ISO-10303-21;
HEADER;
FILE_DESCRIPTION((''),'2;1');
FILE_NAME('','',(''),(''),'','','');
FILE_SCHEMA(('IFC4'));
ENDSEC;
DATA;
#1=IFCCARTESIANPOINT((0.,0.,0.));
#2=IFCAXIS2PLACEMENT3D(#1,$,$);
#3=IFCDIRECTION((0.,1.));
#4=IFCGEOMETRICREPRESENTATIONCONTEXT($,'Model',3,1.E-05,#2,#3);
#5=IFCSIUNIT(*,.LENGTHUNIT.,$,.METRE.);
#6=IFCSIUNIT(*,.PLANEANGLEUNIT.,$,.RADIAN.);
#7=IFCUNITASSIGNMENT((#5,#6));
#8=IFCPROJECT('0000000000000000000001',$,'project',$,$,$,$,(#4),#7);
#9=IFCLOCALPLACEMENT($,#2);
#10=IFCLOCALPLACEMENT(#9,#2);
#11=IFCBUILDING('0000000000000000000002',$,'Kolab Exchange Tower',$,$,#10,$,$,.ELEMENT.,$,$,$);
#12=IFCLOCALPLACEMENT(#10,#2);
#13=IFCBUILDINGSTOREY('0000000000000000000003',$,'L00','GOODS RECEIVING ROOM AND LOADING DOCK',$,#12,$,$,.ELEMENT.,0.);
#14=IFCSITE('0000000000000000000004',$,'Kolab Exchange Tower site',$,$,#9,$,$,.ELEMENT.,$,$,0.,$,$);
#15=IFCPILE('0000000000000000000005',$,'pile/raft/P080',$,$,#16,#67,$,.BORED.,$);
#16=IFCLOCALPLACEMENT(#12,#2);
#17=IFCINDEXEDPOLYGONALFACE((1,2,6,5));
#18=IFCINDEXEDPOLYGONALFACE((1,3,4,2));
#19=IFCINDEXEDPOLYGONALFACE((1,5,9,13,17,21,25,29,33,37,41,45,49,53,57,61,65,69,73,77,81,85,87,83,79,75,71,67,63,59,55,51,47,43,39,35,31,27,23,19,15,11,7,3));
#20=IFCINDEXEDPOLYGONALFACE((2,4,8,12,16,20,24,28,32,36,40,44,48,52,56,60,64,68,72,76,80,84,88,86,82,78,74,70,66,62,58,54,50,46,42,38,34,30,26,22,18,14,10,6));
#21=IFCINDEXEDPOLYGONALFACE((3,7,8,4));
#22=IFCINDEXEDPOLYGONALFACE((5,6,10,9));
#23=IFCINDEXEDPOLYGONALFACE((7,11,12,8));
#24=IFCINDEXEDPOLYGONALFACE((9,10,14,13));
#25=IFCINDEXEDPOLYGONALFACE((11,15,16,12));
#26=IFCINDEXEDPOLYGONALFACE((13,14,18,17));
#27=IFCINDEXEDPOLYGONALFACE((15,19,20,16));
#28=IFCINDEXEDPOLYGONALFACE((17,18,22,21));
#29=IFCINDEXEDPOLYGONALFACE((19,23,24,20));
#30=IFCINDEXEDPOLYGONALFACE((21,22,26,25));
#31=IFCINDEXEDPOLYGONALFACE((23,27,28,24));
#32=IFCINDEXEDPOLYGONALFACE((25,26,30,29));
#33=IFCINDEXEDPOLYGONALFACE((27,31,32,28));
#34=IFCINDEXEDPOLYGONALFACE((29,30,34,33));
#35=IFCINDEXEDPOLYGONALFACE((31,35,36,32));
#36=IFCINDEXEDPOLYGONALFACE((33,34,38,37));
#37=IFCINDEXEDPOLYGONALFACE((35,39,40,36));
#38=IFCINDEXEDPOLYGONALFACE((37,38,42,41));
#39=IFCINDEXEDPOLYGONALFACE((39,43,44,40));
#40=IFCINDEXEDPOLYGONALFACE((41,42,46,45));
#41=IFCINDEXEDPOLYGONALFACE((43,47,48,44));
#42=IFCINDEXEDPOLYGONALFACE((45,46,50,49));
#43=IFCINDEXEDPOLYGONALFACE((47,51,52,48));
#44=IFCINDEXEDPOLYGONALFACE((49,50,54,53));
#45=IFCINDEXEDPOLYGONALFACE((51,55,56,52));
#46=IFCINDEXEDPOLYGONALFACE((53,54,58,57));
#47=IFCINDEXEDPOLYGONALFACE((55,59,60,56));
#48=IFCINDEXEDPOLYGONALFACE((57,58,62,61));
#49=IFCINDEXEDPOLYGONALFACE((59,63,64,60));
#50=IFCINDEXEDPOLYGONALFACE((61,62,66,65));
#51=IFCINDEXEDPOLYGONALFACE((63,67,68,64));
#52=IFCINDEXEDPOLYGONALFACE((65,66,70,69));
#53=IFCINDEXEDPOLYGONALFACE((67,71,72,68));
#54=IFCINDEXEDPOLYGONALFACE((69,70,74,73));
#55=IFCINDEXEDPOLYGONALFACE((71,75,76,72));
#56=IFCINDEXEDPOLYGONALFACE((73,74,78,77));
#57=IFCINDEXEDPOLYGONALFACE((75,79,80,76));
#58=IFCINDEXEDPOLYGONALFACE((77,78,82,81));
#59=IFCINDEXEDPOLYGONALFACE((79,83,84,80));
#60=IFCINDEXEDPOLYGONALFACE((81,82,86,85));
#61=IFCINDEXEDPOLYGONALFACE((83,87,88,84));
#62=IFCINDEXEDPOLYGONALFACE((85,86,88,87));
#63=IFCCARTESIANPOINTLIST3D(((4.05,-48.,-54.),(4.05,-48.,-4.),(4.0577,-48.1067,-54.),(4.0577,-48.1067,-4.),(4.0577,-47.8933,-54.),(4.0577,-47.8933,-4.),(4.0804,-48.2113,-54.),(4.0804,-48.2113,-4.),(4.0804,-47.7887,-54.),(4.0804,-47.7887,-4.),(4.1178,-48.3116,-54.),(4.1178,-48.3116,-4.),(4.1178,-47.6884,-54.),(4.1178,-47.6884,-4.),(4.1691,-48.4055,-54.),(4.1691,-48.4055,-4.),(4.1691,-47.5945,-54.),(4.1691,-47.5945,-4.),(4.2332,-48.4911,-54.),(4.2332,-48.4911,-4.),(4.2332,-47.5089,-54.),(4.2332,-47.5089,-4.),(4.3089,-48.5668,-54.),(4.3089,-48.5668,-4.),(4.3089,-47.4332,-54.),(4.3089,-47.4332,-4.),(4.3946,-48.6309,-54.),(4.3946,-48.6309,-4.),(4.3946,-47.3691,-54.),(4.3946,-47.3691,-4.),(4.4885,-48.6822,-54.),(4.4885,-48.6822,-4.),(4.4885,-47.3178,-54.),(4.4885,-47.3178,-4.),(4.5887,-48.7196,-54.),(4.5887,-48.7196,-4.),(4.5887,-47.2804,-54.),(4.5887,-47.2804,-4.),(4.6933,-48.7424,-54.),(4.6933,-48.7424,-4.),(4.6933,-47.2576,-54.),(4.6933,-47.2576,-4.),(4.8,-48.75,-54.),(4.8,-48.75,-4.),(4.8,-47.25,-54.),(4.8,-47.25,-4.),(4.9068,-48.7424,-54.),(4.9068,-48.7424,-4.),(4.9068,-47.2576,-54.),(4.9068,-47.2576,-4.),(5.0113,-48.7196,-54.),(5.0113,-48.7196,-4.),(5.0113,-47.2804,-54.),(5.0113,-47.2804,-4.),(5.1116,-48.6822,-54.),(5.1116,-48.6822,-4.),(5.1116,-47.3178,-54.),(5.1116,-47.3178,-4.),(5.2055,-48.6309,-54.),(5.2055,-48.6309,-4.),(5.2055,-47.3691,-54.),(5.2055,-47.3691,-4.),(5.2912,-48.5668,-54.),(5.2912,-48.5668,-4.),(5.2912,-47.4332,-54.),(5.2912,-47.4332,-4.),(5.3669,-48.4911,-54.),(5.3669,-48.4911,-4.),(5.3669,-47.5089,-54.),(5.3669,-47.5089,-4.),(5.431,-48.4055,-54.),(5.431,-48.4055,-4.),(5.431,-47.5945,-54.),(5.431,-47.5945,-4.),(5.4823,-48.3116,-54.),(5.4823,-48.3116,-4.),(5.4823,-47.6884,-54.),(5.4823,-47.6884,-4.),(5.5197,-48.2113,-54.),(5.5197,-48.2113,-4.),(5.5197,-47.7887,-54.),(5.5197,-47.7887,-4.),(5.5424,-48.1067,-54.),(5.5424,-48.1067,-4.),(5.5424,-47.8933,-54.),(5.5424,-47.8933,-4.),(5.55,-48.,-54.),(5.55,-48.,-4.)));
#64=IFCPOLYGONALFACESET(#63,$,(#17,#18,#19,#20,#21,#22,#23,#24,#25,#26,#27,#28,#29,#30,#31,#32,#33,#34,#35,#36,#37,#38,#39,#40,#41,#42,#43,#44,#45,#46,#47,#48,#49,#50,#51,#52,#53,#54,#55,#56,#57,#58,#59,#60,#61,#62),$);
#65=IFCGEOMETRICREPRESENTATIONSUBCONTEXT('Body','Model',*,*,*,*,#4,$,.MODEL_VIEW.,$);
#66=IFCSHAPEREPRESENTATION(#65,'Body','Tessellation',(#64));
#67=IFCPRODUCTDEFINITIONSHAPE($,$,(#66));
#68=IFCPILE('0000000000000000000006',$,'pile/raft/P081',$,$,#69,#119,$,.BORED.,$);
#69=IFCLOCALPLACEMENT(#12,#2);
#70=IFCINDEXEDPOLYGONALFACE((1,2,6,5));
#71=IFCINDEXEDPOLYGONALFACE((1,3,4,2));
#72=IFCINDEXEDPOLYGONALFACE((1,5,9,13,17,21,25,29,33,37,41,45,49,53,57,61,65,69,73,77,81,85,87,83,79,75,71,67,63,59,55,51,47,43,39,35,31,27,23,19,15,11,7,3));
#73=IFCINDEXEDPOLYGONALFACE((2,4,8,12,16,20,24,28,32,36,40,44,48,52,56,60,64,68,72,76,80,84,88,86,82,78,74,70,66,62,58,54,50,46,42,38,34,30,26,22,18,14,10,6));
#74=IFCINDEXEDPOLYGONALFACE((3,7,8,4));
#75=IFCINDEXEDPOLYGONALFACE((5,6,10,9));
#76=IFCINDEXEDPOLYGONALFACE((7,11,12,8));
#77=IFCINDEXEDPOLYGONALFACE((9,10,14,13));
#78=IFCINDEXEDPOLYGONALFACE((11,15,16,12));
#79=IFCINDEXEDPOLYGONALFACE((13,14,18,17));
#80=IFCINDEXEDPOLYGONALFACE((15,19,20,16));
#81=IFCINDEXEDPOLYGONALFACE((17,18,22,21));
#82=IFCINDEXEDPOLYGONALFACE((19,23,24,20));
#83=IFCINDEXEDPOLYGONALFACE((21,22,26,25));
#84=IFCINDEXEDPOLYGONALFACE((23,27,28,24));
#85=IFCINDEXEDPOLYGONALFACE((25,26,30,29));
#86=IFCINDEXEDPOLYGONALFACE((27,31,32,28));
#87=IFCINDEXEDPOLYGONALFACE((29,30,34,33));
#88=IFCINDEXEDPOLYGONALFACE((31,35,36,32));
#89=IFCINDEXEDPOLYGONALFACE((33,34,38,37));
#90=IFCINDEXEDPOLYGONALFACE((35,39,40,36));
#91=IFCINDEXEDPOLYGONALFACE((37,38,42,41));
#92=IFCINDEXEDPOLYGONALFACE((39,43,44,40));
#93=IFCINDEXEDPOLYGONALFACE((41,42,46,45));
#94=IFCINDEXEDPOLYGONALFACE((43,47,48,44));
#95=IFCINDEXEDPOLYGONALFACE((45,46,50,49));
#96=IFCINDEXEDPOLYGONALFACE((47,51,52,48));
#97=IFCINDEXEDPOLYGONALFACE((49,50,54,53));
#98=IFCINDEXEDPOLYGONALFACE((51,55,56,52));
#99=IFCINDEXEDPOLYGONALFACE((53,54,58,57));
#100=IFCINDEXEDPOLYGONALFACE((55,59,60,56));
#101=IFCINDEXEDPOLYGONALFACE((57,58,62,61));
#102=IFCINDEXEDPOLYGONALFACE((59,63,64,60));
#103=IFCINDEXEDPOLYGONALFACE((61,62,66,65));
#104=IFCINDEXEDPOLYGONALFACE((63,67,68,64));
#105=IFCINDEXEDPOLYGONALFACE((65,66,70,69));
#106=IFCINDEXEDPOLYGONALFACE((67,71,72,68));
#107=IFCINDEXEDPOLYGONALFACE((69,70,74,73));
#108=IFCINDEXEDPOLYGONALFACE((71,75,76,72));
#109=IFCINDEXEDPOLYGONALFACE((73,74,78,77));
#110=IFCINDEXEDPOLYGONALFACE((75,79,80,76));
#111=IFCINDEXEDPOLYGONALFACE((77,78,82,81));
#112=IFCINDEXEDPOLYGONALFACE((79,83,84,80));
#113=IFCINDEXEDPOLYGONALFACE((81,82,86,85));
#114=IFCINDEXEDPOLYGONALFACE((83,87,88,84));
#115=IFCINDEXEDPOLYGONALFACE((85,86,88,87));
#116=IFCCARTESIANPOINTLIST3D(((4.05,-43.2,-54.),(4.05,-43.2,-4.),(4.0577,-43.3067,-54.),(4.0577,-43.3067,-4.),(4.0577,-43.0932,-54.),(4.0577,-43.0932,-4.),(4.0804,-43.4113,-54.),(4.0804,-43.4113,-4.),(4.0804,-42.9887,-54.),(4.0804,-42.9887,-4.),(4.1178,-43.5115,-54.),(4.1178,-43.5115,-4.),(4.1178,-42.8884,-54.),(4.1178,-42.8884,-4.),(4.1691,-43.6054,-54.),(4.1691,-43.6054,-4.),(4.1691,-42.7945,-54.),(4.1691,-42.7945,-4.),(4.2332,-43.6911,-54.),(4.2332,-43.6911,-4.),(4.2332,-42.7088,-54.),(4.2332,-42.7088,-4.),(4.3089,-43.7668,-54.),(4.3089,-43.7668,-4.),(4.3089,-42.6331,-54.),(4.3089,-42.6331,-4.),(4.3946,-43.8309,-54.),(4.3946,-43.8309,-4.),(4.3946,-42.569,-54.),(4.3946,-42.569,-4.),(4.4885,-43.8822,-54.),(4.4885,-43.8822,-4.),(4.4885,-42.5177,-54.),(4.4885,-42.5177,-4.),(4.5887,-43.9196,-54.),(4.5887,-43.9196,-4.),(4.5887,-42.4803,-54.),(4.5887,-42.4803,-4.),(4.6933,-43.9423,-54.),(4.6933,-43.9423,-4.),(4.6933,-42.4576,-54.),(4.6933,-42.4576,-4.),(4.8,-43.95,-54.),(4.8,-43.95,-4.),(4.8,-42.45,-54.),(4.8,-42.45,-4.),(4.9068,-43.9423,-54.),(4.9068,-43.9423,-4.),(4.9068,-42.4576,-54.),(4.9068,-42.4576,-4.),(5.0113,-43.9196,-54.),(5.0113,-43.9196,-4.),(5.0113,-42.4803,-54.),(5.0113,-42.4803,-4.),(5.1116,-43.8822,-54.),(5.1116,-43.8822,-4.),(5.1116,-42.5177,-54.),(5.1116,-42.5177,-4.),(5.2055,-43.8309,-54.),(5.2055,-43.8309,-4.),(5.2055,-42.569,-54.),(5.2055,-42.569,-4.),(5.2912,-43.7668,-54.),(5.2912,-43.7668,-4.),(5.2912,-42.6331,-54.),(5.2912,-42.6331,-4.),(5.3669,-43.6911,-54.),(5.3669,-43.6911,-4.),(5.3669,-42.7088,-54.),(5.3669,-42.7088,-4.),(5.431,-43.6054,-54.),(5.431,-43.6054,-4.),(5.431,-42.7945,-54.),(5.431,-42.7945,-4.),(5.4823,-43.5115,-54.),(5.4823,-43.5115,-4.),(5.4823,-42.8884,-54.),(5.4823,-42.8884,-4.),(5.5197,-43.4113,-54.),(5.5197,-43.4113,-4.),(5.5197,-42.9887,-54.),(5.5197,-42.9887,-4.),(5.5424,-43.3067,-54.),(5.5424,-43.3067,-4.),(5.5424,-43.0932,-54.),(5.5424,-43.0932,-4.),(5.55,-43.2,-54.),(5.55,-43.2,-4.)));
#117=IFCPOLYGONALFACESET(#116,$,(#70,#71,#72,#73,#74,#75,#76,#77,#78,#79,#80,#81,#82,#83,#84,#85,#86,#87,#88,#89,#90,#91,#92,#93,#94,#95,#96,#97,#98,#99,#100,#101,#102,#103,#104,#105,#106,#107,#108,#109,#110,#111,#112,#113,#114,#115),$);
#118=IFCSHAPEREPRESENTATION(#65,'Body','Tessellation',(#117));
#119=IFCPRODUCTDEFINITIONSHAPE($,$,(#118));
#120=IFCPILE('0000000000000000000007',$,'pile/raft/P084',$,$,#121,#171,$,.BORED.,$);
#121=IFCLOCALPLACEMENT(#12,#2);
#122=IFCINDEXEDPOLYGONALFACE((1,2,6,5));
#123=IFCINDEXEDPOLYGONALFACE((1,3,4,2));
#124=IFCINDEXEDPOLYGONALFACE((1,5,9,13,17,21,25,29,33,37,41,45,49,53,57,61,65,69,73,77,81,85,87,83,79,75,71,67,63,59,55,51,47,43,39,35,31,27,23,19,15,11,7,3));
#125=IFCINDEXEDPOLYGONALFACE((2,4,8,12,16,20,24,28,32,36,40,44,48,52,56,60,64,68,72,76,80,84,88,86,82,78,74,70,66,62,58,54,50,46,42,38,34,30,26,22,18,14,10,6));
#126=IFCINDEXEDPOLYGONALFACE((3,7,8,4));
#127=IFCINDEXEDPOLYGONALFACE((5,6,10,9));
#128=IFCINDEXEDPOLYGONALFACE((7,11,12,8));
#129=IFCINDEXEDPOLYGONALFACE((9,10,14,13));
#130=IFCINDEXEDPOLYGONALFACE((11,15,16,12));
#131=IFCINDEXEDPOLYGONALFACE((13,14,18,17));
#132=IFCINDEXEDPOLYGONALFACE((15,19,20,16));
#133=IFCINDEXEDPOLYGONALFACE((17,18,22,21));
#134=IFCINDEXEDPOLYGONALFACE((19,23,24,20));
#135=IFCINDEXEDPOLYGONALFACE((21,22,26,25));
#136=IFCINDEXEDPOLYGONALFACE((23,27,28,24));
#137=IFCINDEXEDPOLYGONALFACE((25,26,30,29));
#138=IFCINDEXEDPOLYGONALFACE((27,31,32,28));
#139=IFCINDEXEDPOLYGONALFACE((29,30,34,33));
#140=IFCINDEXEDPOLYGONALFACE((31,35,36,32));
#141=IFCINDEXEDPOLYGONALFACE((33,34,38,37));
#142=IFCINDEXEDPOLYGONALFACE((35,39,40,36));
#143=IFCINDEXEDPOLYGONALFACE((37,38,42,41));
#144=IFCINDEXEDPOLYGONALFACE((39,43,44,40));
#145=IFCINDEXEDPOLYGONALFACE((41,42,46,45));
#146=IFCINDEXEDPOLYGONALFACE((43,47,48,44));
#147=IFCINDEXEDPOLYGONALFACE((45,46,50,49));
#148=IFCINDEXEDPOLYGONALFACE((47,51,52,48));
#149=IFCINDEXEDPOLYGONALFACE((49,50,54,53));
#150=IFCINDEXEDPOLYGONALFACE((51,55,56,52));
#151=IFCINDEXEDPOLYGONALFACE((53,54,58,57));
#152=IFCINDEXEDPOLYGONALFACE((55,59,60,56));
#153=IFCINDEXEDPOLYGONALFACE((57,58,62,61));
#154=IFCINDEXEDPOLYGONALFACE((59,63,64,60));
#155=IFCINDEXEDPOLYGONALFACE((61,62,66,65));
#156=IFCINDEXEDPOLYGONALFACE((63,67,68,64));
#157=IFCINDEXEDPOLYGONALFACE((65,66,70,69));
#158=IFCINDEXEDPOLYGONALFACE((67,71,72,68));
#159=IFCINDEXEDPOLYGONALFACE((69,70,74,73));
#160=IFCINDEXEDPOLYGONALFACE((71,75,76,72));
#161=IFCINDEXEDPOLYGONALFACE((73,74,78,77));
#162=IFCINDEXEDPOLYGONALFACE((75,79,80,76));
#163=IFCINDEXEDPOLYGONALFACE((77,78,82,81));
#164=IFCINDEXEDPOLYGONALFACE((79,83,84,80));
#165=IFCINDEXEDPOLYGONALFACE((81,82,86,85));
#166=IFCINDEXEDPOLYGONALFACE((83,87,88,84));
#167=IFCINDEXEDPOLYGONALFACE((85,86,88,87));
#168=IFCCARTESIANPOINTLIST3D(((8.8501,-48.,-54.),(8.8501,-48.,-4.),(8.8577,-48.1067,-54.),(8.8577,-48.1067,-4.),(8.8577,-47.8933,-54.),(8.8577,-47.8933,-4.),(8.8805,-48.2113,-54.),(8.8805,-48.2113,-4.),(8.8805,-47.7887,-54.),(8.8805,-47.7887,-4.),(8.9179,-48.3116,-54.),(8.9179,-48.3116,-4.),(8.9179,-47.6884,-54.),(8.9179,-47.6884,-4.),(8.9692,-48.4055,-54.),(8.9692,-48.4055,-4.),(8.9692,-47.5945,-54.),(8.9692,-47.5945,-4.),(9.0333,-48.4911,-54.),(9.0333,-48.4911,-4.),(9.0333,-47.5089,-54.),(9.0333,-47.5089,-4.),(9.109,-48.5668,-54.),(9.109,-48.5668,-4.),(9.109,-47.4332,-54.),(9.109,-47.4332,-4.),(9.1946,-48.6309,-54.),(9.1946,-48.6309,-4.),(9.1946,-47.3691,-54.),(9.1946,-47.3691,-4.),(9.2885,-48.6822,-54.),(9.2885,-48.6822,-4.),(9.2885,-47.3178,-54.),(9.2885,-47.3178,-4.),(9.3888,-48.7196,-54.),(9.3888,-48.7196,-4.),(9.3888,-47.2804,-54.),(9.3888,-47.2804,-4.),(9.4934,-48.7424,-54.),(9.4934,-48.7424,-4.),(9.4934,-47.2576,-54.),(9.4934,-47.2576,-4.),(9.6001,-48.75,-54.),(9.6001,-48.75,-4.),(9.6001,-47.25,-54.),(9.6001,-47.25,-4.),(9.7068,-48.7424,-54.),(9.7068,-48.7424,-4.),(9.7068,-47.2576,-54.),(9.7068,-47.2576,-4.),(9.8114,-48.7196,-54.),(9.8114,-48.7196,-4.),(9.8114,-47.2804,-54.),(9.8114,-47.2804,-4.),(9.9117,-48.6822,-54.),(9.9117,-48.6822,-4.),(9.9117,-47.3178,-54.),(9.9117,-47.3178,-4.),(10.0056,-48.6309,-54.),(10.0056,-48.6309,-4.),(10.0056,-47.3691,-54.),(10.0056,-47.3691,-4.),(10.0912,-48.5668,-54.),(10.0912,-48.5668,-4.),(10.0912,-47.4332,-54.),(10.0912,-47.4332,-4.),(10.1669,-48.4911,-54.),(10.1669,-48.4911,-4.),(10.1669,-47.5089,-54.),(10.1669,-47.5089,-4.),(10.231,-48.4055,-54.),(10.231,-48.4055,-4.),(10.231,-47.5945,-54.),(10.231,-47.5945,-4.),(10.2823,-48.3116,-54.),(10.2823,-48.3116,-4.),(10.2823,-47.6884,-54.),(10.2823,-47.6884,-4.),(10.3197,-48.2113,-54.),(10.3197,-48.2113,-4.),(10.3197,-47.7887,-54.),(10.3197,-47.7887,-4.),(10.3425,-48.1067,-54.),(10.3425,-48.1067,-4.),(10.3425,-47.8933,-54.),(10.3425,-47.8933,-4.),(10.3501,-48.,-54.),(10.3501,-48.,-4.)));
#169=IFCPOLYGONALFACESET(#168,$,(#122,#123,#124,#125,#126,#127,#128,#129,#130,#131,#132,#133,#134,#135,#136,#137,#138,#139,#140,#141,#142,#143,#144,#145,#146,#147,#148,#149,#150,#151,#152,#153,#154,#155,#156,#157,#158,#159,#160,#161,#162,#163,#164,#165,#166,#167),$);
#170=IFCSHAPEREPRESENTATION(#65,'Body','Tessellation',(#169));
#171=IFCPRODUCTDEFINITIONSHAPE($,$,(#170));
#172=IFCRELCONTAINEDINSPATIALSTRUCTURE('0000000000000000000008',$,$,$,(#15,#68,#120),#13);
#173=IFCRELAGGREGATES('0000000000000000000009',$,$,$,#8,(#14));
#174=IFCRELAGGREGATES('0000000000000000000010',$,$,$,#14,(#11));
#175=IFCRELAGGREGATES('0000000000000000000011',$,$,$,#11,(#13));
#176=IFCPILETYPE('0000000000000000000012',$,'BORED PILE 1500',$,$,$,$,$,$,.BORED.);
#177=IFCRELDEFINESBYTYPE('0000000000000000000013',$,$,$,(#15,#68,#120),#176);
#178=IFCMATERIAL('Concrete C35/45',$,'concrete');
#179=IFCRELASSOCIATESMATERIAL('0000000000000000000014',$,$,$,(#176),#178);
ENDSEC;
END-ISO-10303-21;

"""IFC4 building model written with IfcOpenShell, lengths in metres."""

from ifc_helpers import new_model, si_unit, direction, frame, origin, origin_2d, place, context, subcontext, project, spatial, circle, extrude, material, material_profile, profile_set, type_object, element, save


model = new_model("IFC4")

# Units and contexts
model_context = context("Model", 3, precision=1e-05, world=origin(), true_north=direction((0.0, 1.0)))
body_context = subcontext(model_context, "Body", "Model", "MODEL_VIEW")
ifc_project = project(units=[si_unit("LENGTHUNIT", "METRE"), si_unit("PLANEANGLEUNIT", "RADIAN")], contexts=[model_context])

# Site, building, storey
site_placement = place(None, origin())
site = spatial("IfcSite", under=ifc_project, at=site_placement, Name="Kolab Exchange Tower site", CompositionType="ELEMENT", RefElevation=0.0)
building_placement = place(site_placement, origin())
building = spatial("IfcBuilding", under=site, at=building_placement, Name="Kolab Exchange Tower", CompositionType="ELEMENT")
storey_placement = place(building_placement, origin())
storey = spatial("IfcBuildingStorey", under=building, at=storey_placement, Name="L00", Description="GOODS RECEIVING ROOM AND LOADING DOCK", CompositionType="ELEMENT", Elevation=0.0)

# Piles
ifc_material_1 = material(Name="Concrete C35/45", Category="concrete")
ifc_material_profile_1 = material_profile(ifc_material_1, circle(Radius=0.75, at=origin_2d()), Name="BP1500")
ifc_profile_set_1 = profile_set([ifc_material_profile_1], Name="Concrete C35/45")
pile_type_1 = type_object("IfcPileType", Name="BORED PILE 1500", PredefinedType="BORED", material=ifc_profile_set_1)
for number, where, z_axis, x_axis, name in (
    (1, (4.8, -48.0, -4.0), (0.0, 0.0, -1.0), (1.0, 0.0, 0.0), "pile/raft/P080"),
    (2, (4.8, -43.2, -4.0), (0.0, 0.0, -1.0), (1.0, 0.0, 0.0), "pile/raft/P081"),
    (3, (9.6001, -48.0, -4.0), (0.0, 0.0, -1.0), (1.0, 0.0, 0.0), "pile/raft/P084"),
):
    element("IfcPile", number, at=place(storey_placement, frame(where, z_axis=z_axis, x_axis=x_axis)), inside=storey, type_object=pile_type_1, Name=name, PredefinedType="BORED", context=body_context, shape_type="SweptSolid", body=[
        extrude(circle(Radius=0.75, at=origin_2d()), origin(), (0.0, 0.0, 1.0), 50.0),
    ])

save(model, "model.ifc")
